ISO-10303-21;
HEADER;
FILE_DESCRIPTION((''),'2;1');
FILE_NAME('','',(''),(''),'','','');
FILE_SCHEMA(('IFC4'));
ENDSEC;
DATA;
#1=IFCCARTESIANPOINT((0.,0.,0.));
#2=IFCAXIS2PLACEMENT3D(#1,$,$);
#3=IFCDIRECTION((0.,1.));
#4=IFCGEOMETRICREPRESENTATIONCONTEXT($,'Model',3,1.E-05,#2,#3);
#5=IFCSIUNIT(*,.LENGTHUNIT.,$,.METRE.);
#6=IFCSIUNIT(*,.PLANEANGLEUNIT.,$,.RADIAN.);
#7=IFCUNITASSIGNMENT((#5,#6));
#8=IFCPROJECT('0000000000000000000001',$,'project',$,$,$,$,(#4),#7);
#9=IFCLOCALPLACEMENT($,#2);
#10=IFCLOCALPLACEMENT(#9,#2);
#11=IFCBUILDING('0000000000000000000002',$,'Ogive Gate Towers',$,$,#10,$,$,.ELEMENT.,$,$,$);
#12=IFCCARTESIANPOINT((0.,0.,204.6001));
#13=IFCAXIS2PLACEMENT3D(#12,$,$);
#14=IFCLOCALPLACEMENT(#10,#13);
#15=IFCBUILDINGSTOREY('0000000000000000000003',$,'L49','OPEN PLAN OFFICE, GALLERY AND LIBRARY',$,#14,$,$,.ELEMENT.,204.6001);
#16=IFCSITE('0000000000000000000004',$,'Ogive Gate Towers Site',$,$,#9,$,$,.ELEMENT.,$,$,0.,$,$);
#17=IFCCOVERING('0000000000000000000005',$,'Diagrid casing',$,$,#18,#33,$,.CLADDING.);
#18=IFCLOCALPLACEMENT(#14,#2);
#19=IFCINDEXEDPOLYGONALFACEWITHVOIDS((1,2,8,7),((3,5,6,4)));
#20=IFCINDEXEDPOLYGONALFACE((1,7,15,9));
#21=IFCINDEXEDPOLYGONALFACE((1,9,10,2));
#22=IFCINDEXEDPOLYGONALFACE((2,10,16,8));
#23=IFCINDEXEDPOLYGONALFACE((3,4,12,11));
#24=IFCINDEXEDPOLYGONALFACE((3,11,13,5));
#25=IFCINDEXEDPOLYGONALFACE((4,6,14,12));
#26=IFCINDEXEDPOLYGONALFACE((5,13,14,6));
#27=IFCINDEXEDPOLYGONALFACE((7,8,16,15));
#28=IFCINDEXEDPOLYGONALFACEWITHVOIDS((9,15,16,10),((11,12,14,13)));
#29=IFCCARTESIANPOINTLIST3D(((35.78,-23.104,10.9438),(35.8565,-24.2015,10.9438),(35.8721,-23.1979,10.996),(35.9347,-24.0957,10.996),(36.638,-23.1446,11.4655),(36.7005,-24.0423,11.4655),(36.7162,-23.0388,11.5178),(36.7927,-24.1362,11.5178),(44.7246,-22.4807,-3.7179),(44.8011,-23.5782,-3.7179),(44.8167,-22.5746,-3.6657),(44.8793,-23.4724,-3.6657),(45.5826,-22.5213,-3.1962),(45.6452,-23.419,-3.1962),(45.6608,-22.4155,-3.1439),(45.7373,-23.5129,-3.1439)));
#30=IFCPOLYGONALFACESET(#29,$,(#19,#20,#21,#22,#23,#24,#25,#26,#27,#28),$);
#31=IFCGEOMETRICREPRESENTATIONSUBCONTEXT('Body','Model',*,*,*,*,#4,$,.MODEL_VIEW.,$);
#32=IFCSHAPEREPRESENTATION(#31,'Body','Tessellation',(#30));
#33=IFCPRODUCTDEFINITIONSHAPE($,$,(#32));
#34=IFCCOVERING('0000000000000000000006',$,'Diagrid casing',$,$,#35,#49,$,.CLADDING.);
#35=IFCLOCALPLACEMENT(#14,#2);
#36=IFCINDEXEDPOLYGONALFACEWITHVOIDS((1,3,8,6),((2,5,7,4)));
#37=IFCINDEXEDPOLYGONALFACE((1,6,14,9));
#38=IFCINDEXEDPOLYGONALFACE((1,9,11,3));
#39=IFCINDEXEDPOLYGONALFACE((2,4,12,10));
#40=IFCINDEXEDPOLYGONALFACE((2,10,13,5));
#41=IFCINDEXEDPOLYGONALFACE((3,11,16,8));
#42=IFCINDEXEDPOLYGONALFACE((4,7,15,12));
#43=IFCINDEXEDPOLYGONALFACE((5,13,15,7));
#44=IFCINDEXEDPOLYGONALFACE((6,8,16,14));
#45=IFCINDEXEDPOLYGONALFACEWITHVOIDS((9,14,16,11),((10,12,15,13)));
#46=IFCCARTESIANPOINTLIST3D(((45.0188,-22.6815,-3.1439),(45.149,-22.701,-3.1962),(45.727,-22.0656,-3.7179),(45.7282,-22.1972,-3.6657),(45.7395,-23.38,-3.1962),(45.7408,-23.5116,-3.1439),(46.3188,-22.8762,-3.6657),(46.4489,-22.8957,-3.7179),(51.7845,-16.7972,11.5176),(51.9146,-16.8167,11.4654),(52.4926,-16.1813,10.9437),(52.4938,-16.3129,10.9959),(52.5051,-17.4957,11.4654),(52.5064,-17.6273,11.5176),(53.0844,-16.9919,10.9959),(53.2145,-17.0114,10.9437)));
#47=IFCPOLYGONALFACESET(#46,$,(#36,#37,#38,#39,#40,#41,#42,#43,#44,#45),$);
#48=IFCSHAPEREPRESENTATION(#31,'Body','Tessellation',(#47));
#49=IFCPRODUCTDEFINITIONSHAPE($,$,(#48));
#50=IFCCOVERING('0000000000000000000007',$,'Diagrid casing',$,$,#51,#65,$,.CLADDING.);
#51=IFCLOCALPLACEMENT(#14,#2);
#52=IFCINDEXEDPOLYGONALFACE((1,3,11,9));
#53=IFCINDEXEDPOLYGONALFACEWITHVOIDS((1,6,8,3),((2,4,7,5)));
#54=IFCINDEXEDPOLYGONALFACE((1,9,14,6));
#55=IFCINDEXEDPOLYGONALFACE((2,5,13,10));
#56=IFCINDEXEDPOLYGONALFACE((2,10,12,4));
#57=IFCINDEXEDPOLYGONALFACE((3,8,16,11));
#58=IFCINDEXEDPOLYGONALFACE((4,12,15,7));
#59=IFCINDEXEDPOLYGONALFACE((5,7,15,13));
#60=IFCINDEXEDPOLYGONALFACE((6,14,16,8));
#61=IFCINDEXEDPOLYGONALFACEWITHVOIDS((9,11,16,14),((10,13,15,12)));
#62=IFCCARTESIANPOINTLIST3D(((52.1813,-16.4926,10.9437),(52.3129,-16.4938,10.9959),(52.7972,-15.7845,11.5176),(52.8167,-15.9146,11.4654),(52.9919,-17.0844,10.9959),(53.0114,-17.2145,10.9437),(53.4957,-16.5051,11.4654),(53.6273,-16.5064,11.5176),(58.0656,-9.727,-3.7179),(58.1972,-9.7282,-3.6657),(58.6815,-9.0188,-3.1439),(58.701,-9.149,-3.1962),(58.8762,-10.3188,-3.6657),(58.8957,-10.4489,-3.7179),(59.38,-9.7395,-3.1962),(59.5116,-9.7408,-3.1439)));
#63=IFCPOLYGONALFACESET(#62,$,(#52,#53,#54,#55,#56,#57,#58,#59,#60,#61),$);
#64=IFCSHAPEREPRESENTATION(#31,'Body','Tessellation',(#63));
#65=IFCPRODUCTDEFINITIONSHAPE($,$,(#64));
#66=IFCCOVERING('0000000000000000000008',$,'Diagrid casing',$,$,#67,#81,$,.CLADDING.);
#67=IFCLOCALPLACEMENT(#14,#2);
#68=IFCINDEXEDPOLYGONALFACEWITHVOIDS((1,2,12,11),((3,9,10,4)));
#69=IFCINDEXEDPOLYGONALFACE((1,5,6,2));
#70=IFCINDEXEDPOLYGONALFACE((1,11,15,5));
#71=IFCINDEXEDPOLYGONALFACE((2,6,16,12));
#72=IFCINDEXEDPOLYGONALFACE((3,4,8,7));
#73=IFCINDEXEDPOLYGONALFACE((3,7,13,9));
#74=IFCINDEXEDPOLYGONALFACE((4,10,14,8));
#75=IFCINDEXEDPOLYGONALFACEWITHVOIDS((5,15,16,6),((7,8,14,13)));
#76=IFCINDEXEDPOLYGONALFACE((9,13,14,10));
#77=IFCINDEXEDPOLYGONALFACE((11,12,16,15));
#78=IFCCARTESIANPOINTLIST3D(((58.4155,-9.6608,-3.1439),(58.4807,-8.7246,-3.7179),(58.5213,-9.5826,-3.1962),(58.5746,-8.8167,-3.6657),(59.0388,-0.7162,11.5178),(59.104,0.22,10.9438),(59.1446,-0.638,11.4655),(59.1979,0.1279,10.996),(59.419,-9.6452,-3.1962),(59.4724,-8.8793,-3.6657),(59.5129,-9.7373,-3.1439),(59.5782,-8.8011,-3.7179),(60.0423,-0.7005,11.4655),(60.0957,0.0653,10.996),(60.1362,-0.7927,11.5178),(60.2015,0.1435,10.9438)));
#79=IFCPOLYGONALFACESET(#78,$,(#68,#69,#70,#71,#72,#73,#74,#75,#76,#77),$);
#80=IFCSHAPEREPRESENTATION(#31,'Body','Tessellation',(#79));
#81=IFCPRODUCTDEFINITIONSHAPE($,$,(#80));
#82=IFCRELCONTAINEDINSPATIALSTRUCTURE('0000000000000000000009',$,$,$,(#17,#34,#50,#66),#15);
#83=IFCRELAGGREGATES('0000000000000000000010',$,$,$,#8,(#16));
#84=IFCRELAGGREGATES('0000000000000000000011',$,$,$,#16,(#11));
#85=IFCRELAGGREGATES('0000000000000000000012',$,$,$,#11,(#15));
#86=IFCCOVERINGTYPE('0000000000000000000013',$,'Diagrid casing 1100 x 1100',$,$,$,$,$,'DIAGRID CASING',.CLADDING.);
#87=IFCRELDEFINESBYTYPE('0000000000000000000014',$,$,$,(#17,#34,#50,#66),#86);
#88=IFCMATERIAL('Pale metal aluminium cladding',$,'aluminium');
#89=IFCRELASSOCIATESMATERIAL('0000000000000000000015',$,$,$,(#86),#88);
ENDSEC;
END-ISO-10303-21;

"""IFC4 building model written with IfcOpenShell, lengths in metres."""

from ifc_helpers import new_model, si_unit, direction, frame, origin, origin_2d, place, context, subcontext, project, spatial, hollow_rectangle, extrude, material, material_profile, profile_set, type_object, element, save


model = new_model("IFC4")

# Units and contexts
model_context = context("Model", 3, precision=1e-05, world=origin(), true_north=direction((0.0, 1.0)))
body_context = subcontext(model_context, "Body", "Model", "MODEL_VIEW")
ifc_project = project(units=[si_unit("LENGTHUNIT", "METRE"), si_unit("PLANEANGLEUNIT", "RADIAN")], contexts=[model_context])

# Site, building, storey
site_placement = place(None, origin())
site = spatial("IfcSite", under=ifc_project, at=site_placement, Name="Ogive Gate Towers Site", CompositionType="ELEMENT", RefElevation=0.0)
building_placement = place(site_placement, origin())
building = spatial("IfcBuilding", under=site, at=building_placement, Name="Ogive Gate Towers", CompositionType="ELEMENT")
storey_placement = place(building_placement, frame((0.0, 0.0, 204.6001)))
storey = spatial("IfcBuildingStorey", under=building, at=storey_placement, Name="L49", Description="OPEN PLAN OFFICE, GALLERY AND LIBRARY", CompositionType="ELEMENT", Elevation=204.6001)

# Coverings
ifc_material_1 = material(Name="Pale metal aluminium cladding", Category="aluminium")
ifc_material_profile_1 = material_profile(ifc_material_1, hollow_rectangle(XDim=1.1001, YDim=1.1001, WallThickness=0.1001, at=origin_2d()), Name="1100 x 1100 pale metal casing")
ifc_profile_set_1 = profile_set([ifc_material_profile_1], Name="Pale metal aluminium cladding")
covering_type_1 = type_object("IfcCoveringType", Name="Diagrid casing 1100 x 1100", ElementType="DIAGRID CASING", PredefinedType="CLADDING", material=ifc_profile_set_1)
for number, where, z_axis, x_axis, name in (
    (1, (45.231, -22.9968, -3.4309), (-0.520459, -0.036267, 0.853116), (0.069515, -0.997581, 0.0), "Diagrid casing"),
    (2, (45.7339, -22.7886, -3.4309), (0.393669, 0.342386, 0.85311), (-0.65625, 0.754543, 0.0), "Diagrid casing"),
    (3, (58.7886, -9.7339, -3.4309), (-0.342386, -0.393669, 0.85311), (0.754543, -0.65625, 0.0), "Diagrid casing"),
    (4, (58.9968, -9.231, -3.4309), (0.036267, 0.520459, 0.853116), (-0.997581, 0.069515, 0.0), "Diagrid casing"),
):
    element("IfcCovering", number, at=place(storey_placement, frame(where, z_axis=z_axis, x_axis=x_axis)), inside=storey, type_object=covering_type_1, Name=name, PredefinedType="CLADDING", context=body_context, shape_type="SweptSolid", body=[
        extrude(hollow_rectangle(XDim=1.1001, YDim=1.1001, WallThickness=0.1001, at=origin_2d()), origin(), (0.0, 0.0, 1.0), 17.186),
    ])

save(model, "model.ifc")
